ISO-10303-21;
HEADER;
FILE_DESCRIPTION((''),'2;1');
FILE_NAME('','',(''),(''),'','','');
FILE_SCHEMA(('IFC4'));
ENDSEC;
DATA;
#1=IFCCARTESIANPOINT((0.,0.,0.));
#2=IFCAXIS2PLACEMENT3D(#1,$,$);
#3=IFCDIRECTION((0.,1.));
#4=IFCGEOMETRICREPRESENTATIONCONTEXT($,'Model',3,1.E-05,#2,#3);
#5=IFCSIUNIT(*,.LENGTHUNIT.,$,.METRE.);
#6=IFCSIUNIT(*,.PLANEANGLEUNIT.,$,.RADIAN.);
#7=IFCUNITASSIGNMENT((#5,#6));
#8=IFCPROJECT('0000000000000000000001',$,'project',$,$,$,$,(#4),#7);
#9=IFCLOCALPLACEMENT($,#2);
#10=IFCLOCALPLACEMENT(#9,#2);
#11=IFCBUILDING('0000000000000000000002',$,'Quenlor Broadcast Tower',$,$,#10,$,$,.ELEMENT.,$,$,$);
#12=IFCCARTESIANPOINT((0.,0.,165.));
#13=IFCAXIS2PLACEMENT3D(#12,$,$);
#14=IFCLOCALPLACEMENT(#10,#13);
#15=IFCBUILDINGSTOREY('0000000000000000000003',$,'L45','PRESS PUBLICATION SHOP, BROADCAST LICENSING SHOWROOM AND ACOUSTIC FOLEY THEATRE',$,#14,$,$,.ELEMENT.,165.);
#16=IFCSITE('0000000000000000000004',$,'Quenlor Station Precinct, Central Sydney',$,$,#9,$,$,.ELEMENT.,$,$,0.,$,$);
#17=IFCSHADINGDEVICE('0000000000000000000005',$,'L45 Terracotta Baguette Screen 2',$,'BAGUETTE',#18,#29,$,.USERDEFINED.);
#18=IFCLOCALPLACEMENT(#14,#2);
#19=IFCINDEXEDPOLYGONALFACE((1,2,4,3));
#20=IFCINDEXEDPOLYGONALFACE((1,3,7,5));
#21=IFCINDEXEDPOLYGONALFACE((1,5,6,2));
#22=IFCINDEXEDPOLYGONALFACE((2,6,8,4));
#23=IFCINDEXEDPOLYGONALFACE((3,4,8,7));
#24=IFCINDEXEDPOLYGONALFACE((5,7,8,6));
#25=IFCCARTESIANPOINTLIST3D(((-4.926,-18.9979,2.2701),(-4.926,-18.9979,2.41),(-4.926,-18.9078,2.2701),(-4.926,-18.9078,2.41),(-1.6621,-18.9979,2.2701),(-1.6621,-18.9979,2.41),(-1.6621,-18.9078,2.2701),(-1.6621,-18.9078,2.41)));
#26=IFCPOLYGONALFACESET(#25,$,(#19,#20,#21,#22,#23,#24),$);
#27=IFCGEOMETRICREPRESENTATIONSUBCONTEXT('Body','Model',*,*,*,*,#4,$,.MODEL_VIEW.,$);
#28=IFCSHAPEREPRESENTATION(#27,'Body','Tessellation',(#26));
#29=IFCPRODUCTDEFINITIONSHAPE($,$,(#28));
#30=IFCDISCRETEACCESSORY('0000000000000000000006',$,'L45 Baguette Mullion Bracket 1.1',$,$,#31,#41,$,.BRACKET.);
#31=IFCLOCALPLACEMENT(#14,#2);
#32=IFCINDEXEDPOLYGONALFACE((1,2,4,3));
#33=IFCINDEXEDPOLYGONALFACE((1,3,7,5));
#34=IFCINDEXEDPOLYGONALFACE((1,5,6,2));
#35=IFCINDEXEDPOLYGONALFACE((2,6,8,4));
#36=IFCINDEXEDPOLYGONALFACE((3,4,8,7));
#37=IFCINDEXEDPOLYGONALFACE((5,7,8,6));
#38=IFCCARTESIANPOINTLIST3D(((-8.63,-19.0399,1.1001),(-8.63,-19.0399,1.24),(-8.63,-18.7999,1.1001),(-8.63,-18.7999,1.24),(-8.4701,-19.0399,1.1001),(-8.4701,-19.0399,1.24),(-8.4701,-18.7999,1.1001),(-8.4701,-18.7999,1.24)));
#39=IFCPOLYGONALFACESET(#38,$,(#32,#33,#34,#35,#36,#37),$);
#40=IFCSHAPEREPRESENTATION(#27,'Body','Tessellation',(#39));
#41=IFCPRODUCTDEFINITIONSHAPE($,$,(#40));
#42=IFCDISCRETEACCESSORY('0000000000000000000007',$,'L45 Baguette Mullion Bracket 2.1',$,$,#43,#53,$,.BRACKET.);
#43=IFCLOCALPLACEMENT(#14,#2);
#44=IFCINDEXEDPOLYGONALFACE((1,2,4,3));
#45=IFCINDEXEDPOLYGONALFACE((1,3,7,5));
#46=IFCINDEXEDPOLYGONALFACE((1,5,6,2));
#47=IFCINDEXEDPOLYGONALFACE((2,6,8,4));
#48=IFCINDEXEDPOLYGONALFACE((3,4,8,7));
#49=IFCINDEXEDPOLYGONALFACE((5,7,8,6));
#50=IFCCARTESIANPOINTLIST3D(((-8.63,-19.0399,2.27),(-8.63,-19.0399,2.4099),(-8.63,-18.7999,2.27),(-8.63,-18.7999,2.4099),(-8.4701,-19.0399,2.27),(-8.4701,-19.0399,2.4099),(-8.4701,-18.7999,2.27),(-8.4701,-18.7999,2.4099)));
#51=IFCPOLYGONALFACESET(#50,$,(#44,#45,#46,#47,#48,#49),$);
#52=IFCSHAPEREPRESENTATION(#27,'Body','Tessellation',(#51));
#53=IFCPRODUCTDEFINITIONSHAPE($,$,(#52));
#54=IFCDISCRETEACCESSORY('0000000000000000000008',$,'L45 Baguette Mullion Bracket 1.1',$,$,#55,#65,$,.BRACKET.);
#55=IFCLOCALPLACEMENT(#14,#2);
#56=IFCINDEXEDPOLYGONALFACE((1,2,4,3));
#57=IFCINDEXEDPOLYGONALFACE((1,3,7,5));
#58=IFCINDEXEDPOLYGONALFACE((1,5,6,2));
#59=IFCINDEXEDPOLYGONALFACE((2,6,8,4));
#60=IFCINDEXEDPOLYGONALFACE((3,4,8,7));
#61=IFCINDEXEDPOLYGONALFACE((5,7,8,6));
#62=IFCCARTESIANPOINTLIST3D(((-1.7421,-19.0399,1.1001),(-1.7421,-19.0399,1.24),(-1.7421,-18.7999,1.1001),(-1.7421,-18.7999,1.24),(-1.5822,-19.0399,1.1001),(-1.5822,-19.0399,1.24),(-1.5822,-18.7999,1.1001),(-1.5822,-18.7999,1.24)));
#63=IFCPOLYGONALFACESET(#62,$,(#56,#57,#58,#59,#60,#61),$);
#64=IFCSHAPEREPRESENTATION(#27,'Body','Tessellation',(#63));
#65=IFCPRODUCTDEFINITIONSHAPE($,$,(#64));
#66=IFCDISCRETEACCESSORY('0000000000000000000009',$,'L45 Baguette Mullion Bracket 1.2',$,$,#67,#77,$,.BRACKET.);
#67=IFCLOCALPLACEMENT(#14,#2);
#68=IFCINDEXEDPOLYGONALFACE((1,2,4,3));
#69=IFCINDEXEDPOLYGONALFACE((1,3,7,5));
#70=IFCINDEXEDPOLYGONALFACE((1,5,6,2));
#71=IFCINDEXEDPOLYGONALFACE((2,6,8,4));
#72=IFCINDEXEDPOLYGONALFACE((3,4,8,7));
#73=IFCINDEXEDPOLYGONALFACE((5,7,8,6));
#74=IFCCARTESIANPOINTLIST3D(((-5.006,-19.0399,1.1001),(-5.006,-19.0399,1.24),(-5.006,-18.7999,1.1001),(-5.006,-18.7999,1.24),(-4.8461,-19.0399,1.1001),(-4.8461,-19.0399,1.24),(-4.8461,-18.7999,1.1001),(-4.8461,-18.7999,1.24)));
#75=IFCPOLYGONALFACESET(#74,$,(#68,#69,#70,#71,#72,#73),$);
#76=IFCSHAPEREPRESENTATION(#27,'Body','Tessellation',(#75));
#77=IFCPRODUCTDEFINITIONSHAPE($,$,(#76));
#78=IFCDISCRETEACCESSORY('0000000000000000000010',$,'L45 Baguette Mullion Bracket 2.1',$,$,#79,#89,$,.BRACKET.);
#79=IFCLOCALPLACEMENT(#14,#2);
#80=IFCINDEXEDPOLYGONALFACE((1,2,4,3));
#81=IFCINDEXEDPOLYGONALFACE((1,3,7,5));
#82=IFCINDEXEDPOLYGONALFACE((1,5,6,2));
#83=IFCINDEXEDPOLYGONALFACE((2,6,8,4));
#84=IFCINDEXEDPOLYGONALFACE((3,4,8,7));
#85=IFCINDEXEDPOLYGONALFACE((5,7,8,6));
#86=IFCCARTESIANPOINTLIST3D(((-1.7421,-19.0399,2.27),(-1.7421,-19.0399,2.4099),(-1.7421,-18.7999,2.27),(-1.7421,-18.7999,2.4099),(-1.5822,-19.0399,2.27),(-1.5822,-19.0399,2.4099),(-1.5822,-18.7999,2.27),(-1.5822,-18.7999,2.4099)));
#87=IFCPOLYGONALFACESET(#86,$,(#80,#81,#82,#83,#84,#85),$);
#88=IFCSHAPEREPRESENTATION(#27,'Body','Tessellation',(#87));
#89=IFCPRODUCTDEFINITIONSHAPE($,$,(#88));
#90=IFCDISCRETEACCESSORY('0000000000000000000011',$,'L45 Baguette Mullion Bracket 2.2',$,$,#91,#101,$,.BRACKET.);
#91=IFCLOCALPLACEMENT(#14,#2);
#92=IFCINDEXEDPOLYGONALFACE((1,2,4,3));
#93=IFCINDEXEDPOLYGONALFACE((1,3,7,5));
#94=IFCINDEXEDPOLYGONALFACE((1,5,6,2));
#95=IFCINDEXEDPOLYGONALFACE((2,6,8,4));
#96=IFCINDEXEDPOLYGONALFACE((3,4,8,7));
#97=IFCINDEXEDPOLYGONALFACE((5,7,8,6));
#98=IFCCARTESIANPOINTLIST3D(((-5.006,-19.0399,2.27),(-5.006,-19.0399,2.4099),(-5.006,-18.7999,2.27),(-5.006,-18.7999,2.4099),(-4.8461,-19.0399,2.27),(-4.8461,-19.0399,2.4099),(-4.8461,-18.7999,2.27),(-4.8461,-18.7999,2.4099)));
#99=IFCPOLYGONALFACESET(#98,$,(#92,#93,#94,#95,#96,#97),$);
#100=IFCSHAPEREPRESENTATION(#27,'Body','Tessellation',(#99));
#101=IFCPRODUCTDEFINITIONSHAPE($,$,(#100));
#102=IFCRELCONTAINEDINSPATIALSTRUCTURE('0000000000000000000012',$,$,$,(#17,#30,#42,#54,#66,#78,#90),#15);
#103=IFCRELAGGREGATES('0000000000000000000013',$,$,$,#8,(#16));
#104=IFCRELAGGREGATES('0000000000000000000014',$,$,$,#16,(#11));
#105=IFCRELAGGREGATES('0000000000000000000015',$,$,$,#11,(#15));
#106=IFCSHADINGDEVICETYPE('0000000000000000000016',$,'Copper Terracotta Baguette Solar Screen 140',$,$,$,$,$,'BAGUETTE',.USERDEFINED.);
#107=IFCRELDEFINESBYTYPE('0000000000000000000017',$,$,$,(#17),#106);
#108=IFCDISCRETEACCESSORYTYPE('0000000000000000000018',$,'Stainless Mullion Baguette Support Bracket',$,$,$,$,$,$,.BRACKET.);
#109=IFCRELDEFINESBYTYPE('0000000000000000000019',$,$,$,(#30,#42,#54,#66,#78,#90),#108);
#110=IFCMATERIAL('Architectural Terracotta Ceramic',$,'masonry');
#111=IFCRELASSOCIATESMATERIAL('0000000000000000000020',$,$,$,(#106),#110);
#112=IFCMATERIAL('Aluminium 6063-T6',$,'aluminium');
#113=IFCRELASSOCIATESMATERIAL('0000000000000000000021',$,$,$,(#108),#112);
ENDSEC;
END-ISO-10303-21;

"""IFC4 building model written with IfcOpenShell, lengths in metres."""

from ifc_helpers import new_model, si_unit, direction, frame, origin, origin_2d, place, context, subcontext, project, spatial, rectangle, extrude, material, material_profile, profile_set, type_object, element, save


model = new_model("IFC4")

# Units and contexts
model_context = context("Model", 3, precision=1e-05, world=origin(), true_north=direction((0.0, 1.0)))
body_context = subcontext(model_context, "Body", "Model", "MODEL_VIEW")
ifc_project = project(units=[si_unit("LENGTHUNIT", "METRE"), si_unit("PLANEANGLEUNIT", "RADIAN")], contexts=[model_context])

# Site, building, storey
site_placement = place(None, origin())
site = spatial("IfcSite", under=ifc_project, at=site_placement, Name="Quenlor Station Precinct, Central Sydney", CompositionType="ELEMENT", RefElevation=0.0)
building_placement = place(site_placement, origin())
building = spatial("IfcBuilding", under=site, at=building_placement, Name="Quenlor Broadcast Tower", CompositionType="ELEMENT")
storey_placement = place(building_placement, frame((0.0, 0.0, 165.0)))
storey = spatial("IfcBuildingStorey", under=building, at=storey_placement, Name="L45", Description="PRESS PUBLICATION SHOP, BROADCAST LICENSING SHOWROOM AND ACOUSTIC FOLEY THEATRE", CompositionType="ELEMENT", Elevation=165.0)

# Shading device
ifc_material_1 = material(Name="Architectural Terracotta Ceramic", Category="masonry")
ifc_material_profile_1 = material_profile(ifc_material_1, rectangle(XDim=0.0901, YDim=0.1399, at=origin_2d()))
ifc_profile_set_1 = profile_set([ifc_material_profile_1], Name="Architectural Terracotta Ceramic BAG90x140")
shading_device_type = type_object("IfcShadingDeviceType", Name="Copper Terracotta Baguette Solar Screen 140", ElementType="BAGUETTE", PredefinedType="USERDEFINED", material=ifc_profile_set_1)
for number, where, z_axis, x_axis, name in (
    (1, (-1.6621, -18.9529, 2.3401), (-1.0, 0.0, 0.0), (0.0, -1.0, 0.0), "L45 Terracotta Baguette Screen 2"),
):
    element("IfcShadingDevice", number, at=place(storey_placement, frame(where, z_axis=z_axis, x_axis=x_axis)), inside=storey, type_object=shading_device_type, Name=name, ObjectType="BAGUETTE", PredefinedType="USERDEFINED", context=body_context, shape_type="SweptSolid", body=[
        extrude(rectangle(XDim=0.0901, YDim=0.1399, at=origin_2d()), origin(), (0.0, 0.0, 1.0), 3.2639),
    ])

# Discrete accessories
ifc_material_2 = material(Name="Aluminium 6063-T6", Category="aluminium")
discrete_accessory_type = type_object("IfcDiscreteAccessoryType", Name="Stainless Mullion Baguette Support Bracket", PredefinedType="BRACKET", material=ifc_material_2)
for number, where, z_axis, x_axis, name in (
    (2, (-8.55, -18.9199, 1.1001), (0.0, 0.0, 1.0), (-1.0, 0.0, 0.0), "L45 Baguette Mullion Bracket 1.1"),
    (3, (-8.55, -18.9199, 2.27), (0.0, 0.0, 1.0), (-1.0, 0.0, 0.0), "L45 Baguette Mullion Bracket 2.1"),
    (4, (-1.6621, -18.9199, 1.1001), (0.0, 0.0, 1.0), (-1.0, 0.0, 0.0), "L45 Baguette Mullion Bracket 1.1"),
    (5, (-4.926, -18.9199, 1.1001), (0.0, 0.0, 1.0), (-1.0, 0.0, 0.0), "L45 Baguette Mullion Bracket 1.2"),
    (6, (-1.6621, -18.9199, 2.27), (0.0, 0.0, 1.0), (-1.0, 0.0, 0.0), "L45 Baguette Mullion Bracket 2.1"),
    (7, (-4.926, -18.9199, 2.27), (0.0, 0.0, 1.0), (-1.0, 0.0, 0.0), "L45 Baguette Mullion Bracket 2.2"),
):
    element("IfcDiscreteAccessory", number, at=place(storey_placement, frame(where, z_axis=z_axis, x_axis=x_axis)), inside=storey, type_object=discrete_accessory_type, Name=name, PredefinedType="BRACKET", context=body_context, shape_type="SweptSolid", body=[
        extrude(rectangle(XDim=0.1599, YDim=0.24, at=origin_2d()), origin(), (0.0, 0.0, 1.0), 0.1399),
    ])

save(model, "model.ifc")
